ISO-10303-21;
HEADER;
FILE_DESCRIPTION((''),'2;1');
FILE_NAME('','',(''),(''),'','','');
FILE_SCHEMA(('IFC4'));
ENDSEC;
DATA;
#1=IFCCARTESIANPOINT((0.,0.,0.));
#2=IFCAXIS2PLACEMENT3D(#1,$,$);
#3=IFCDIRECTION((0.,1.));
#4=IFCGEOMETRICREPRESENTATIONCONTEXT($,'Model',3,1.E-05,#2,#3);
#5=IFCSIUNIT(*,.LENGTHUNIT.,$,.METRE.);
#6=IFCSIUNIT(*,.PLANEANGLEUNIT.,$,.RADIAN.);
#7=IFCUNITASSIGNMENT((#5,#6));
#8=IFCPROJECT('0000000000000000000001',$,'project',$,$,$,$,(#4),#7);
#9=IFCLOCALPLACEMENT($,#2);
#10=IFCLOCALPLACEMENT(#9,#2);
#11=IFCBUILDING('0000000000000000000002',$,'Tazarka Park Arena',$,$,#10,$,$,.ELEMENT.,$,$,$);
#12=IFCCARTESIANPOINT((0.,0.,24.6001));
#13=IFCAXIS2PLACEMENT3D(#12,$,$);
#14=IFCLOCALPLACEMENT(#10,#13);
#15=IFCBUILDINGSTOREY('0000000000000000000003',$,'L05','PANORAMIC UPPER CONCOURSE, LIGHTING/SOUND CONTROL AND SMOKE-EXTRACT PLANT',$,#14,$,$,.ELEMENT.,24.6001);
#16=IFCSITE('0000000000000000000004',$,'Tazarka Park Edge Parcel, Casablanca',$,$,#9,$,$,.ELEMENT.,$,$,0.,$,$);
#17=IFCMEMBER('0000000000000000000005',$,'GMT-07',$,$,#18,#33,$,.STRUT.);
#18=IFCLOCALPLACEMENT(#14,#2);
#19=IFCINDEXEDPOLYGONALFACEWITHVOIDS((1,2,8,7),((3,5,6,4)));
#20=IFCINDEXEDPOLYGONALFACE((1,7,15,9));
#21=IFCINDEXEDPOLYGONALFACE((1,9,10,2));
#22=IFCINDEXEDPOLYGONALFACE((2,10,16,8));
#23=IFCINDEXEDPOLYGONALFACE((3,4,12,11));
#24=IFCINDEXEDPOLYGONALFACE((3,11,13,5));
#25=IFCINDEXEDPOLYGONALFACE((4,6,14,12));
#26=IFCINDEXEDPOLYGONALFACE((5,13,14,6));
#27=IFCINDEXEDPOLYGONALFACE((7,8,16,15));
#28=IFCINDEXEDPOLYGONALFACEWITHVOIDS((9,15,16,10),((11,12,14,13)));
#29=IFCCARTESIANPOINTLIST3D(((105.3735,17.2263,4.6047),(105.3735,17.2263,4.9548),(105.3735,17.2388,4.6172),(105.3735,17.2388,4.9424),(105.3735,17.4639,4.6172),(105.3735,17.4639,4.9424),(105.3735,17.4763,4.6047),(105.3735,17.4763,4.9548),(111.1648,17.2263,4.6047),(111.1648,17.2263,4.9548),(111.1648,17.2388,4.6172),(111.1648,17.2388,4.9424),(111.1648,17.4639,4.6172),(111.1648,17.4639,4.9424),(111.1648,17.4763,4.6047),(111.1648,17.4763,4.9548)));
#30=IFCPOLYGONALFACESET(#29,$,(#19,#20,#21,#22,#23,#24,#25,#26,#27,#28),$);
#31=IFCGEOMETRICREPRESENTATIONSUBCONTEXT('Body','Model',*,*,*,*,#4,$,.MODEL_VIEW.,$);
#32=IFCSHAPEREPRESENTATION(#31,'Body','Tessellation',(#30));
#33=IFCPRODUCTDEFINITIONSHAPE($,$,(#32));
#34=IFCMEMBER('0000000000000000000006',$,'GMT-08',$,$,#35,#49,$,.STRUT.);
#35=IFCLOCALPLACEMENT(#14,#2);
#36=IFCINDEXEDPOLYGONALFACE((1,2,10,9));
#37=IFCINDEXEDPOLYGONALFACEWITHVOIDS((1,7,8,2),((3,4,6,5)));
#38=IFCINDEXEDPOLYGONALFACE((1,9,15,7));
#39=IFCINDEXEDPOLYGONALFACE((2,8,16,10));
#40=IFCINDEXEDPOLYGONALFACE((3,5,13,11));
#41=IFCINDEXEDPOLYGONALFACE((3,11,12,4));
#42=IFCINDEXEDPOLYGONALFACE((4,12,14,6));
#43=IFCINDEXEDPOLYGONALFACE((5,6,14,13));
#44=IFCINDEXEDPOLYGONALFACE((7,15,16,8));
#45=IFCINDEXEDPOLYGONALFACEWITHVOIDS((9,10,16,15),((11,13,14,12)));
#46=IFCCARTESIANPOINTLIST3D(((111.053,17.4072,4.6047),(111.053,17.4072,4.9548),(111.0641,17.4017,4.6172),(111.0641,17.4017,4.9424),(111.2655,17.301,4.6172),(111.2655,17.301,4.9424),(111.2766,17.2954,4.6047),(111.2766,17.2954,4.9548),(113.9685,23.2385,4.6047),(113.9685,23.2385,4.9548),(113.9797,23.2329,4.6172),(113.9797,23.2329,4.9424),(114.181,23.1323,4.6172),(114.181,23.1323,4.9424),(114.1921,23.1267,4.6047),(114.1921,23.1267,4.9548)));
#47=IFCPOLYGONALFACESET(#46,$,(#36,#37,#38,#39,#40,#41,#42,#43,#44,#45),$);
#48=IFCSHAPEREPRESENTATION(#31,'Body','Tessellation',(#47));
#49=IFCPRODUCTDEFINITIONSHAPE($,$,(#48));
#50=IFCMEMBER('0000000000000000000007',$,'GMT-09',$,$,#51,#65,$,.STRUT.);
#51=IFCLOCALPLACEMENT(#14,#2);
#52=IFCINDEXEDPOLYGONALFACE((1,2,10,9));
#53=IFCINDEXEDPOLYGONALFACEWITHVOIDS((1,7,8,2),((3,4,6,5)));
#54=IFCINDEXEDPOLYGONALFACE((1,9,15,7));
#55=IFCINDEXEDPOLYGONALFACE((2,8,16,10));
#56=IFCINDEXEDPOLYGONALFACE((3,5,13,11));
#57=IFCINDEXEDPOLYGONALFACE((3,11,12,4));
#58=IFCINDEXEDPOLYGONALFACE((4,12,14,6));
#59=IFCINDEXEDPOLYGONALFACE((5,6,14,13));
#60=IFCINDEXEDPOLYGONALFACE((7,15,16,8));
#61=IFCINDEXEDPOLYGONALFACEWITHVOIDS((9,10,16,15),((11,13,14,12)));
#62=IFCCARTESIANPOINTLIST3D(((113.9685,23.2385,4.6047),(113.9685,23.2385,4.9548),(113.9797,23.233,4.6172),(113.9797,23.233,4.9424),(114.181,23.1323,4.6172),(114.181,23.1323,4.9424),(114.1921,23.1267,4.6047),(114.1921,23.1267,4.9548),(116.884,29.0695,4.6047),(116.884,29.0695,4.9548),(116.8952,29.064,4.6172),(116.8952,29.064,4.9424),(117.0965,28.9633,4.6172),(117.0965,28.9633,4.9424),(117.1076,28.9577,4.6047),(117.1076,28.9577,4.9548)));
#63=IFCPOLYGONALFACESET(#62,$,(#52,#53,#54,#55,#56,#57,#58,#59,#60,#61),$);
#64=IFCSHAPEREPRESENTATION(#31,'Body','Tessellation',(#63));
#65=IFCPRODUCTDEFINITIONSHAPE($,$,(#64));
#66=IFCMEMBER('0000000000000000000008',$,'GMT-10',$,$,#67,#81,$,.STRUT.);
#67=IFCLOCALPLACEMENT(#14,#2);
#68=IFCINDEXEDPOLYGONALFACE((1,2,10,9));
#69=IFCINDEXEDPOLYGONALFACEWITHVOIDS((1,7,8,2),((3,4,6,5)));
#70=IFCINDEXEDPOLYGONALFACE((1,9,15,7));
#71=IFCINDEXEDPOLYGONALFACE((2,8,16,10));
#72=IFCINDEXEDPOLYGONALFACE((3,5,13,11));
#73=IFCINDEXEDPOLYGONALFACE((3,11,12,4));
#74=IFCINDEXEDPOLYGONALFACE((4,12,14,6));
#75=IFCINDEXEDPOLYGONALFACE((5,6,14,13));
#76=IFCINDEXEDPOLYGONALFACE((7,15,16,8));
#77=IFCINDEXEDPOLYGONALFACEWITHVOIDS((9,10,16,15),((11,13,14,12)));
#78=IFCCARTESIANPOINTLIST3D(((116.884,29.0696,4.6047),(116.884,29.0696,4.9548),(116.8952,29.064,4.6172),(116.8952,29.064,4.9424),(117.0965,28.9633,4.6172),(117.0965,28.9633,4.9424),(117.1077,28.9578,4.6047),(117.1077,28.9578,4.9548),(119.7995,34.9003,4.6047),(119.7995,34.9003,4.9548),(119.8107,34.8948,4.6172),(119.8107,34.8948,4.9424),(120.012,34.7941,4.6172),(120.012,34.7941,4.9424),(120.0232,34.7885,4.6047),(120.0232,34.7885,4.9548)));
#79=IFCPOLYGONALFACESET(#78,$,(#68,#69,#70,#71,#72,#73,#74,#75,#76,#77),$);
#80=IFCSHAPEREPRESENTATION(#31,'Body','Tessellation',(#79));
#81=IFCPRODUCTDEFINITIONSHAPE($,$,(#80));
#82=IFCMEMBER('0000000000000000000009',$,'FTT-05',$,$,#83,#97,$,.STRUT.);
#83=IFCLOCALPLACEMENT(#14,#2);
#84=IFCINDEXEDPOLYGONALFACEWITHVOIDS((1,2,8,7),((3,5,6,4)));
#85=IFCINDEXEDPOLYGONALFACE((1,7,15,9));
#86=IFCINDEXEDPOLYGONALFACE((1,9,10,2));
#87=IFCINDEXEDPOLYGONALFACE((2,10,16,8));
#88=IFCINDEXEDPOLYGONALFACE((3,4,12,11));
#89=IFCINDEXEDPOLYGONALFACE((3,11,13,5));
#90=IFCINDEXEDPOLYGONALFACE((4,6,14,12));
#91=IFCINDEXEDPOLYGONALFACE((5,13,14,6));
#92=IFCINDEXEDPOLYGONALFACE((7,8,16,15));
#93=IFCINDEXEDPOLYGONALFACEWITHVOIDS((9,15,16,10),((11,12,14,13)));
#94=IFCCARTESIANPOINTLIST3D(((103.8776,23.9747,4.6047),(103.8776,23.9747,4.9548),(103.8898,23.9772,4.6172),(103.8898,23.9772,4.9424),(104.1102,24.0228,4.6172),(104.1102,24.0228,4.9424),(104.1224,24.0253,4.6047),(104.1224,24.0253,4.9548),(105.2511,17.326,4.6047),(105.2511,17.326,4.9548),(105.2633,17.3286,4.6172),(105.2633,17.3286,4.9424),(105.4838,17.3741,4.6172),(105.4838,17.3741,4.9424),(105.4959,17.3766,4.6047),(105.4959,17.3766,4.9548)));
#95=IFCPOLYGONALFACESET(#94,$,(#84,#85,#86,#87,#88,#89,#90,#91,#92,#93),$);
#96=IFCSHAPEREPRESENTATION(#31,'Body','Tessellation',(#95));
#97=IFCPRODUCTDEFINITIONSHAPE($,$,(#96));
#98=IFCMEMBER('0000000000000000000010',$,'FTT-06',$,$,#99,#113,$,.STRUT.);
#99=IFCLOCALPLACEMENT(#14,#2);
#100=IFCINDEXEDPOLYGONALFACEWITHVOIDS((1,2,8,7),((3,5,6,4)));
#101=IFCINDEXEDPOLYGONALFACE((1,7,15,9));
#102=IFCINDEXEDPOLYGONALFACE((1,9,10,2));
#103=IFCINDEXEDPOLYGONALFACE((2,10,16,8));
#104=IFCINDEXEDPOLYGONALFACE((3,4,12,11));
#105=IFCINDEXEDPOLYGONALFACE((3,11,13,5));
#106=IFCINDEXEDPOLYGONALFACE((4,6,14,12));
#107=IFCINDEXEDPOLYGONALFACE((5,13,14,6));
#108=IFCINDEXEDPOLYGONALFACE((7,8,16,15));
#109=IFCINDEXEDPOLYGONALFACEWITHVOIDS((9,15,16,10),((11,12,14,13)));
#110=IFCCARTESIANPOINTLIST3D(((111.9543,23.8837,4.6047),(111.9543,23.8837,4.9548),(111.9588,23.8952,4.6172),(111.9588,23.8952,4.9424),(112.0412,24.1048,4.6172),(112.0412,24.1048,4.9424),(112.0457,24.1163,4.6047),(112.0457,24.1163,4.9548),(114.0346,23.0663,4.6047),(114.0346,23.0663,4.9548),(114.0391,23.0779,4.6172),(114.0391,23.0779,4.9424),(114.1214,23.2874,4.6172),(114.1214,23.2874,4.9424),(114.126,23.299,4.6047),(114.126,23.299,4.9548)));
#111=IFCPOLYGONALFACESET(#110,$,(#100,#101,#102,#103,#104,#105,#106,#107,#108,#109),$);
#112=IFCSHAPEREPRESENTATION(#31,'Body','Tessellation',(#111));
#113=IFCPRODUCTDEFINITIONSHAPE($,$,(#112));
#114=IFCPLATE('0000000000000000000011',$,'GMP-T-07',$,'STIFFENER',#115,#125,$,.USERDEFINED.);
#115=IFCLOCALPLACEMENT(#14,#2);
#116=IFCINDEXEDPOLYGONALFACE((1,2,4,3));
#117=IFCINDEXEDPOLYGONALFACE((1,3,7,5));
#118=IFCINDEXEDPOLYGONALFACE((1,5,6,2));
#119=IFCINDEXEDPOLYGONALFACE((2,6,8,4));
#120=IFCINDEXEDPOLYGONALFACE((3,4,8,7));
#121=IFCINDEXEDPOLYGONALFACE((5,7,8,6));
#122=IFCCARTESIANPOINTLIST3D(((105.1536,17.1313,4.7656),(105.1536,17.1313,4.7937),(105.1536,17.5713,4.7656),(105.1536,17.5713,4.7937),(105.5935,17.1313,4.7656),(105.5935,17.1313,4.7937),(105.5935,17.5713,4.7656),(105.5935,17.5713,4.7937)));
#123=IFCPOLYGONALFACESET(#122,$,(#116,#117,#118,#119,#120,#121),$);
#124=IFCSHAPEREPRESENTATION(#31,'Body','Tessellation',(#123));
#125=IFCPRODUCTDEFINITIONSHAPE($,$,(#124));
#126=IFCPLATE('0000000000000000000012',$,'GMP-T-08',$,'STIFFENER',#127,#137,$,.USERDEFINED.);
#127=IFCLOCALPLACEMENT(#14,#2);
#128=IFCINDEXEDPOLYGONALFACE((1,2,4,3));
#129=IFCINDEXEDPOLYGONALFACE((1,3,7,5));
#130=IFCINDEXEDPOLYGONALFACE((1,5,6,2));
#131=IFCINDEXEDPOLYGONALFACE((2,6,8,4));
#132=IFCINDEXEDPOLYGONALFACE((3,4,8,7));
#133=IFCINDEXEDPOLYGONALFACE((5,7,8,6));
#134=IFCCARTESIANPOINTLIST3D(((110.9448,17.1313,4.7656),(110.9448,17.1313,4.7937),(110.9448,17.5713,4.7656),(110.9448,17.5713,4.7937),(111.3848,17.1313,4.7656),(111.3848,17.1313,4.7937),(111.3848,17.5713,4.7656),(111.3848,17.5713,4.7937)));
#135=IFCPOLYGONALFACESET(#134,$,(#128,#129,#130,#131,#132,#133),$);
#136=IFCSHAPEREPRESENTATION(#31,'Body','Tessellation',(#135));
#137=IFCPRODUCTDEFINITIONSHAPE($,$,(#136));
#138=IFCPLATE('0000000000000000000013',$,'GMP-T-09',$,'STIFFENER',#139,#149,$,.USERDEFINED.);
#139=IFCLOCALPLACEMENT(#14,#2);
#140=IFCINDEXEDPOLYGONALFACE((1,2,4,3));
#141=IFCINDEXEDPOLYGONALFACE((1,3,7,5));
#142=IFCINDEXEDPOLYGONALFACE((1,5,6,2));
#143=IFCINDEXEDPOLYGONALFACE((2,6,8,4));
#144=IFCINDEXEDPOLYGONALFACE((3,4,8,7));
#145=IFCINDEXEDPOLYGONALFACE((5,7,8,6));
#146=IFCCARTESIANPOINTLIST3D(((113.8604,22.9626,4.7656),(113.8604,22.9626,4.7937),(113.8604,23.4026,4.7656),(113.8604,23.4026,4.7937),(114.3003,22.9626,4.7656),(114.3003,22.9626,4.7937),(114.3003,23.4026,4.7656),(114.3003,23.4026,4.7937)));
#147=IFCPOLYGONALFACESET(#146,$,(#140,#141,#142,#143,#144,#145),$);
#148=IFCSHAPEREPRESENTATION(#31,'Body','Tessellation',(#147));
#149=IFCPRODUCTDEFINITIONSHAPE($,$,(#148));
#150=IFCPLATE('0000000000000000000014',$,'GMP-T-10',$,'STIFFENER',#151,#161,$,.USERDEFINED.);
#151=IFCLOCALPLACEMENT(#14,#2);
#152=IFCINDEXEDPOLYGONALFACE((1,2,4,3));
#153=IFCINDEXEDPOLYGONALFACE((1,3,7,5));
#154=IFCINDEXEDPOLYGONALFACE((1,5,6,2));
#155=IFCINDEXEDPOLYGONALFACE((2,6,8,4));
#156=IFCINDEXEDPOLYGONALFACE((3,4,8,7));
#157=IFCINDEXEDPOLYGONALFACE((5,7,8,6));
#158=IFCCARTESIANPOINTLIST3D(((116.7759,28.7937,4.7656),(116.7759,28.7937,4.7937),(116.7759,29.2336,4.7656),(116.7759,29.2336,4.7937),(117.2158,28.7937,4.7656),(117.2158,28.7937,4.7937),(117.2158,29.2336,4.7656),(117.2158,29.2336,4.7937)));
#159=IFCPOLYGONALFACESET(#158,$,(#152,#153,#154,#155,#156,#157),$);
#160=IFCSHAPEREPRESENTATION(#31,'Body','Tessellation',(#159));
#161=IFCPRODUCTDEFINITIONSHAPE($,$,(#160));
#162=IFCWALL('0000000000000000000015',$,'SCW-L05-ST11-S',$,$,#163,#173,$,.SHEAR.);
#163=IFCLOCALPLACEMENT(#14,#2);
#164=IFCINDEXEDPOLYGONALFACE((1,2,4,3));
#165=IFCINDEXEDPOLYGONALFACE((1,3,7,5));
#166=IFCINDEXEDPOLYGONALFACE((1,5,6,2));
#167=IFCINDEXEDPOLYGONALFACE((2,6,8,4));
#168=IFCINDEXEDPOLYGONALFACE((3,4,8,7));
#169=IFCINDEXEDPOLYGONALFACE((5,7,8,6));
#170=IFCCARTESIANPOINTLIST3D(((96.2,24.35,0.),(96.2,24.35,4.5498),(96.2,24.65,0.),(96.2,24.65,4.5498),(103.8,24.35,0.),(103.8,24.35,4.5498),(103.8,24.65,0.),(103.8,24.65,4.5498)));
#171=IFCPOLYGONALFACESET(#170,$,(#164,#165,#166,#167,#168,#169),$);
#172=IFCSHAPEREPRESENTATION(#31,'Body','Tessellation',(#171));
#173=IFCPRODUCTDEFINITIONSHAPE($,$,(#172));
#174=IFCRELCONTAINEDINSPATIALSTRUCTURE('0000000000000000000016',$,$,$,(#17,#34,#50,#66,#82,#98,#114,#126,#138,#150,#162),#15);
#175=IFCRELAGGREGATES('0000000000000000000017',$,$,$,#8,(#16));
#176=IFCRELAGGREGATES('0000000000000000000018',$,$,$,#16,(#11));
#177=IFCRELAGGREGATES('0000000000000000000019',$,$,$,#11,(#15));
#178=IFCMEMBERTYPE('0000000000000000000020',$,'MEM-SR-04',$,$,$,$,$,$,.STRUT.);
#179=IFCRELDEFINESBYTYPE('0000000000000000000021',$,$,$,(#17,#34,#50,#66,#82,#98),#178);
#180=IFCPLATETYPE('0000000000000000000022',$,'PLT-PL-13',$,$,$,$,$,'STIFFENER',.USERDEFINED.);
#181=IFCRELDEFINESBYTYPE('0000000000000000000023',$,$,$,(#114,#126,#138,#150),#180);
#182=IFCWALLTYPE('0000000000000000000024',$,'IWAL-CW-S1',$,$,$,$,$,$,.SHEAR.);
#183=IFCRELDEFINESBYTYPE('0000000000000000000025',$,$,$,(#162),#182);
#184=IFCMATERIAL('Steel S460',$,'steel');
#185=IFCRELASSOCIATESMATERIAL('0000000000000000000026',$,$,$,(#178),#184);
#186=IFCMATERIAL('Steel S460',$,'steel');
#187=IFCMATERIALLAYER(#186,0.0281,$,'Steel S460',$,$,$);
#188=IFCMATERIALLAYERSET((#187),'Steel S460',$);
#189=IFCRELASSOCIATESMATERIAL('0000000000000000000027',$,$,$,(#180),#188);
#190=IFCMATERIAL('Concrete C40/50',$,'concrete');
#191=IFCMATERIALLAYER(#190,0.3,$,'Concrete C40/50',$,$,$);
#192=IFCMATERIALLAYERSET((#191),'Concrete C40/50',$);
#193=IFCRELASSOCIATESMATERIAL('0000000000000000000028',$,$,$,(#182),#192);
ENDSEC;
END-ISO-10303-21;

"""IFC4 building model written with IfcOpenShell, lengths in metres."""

from ifc_helpers import new_model, si_unit, direction, frame, frame_2d, origin, origin_2d, place, context, subcontext, project, spatial, rectangle, hollow_rectangle, extrude, material, layer, layer_set, material_profile, profile_set, type_object, element, save


model = new_model("IFC4")

# Units and contexts
model_context = context("Model", 3, precision=1e-05, world=origin(), true_north=direction((0.0, 1.0)))
body_context = subcontext(model_context, "Body", "Model", "MODEL_VIEW")
ifc_project = project(units=[si_unit("LENGTHUNIT", "METRE"), si_unit("PLANEANGLEUNIT", "RADIAN")], contexts=[model_context])

# Site, building, storey
site_placement = place(None, origin())
site = spatial("IfcSite", under=ifc_project, at=site_placement, Name="Tazarka Park Edge Parcel, Casablanca", CompositionType="ELEMENT", RefElevation=0.0)
building_placement = place(site_placement, origin())
building = spatial("IfcBuilding", under=site, at=building_placement, Name="Tazarka Park Arena", CompositionType="ELEMENT")
storey_placement = place(building_placement, frame((0.0, 0.0, 24.6001)))
storey = spatial("IfcBuildingStorey", under=building, at=storey_placement, Name="L05", Description="PANORAMIC UPPER CONCOURSE, LIGHTING/SOUND CONTROL AND SMOKE-EXTRACT PLANT", CompositionType="ELEMENT", Elevation=24.6001)

# Members
ifc_material_1 = material(Name="Steel S460", Category="steel")
ifc_material_profile_1 = material_profile(ifc_material_1, hollow_rectangle(XDim=0.25, YDim=0.3501, WallThickness=0.0125, at=origin_2d()), Name="Steel S460")
ifc_profile_set_1 = profile_set([ifc_material_profile_1], Name="Steel S460")
member_type_1 = type_object("IfcMemberType", Name="MEM-SR-04", PredefinedType="STRUT", material=ifc_profile_set_1)
member_1_placement = place(storey_placement, frame((105.3735, 17.3513, 4.7798), z_axis=(1.0, 0.0, 0.0), x_axis=(0.0, 1.0, 0.0)))
element("IfcMember", 1, at=member_1_placement, inside=storey, type_object=member_type_1, Name="GMT-07", PredefinedType="STRUT", context=body_context, shape_type="SweptSolid", body=[
    extrude(hollow_rectangle(XDim=0.25, YDim=0.3501, WallThickness=0.0125, at=origin_2d()), origin(), (0.0, 0.0, 1.0), 5.7913),
])
member_2_placement = place(storey_placement, frame((111.1648, 17.3513, 4.7798), z_axis=(0.447199, 0.894435, 0.0), x_axis=(-0.894435, 0.447199, 0.0)))
element("IfcMember", 2, at=member_2_placement, inside=storey, type_object=member_type_1, Name="GMT-08", PredefinedType="STRUT", context=body_context, shape_type="SweptSolid", body=[
    extrude(hollow_rectangle(XDim=0.25, YDim=0.3501, WallThickness=0.0125, at=origin_2d()), origin(), (0.0, 0.0, 1.0), 6.5195),
])
member_3_placement = place(storey_placement, frame((114.0803, 23.1826, 4.7798), z_axis=(0.447214, 0.894427, 0.0), x_axis=(-0.894427, 0.447214, 0.0)))
element("IfcMember", 3, at=member_3_placement, inside=storey, type_object=member_type_1, Name="GMT-09", PredefinedType="STRUT", context=body_context, shape_type="SweptSolid", body=[
    extrude(hollow_rectangle(XDim=0.25, YDim=0.3501, WallThickness=0.0125, at=origin_2d()), origin(), (0.0, 0.0, 1.0), 6.5193),
])
member_4_placement = place(storey_placement, frame((116.9958, 29.0137, 4.7798), z_axis=(0.447229, 0.89442, 0.0), x_axis=(-0.89442, 0.447229, 0.0)))
element("IfcMember", 4, at=member_4_placement, inside=storey, type_object=member_type_1, Name="GMT-10", PredefinedType="STRUT", context=body_context, shape_type="SweptSolid", body=[
    extrude(hollow_rectangle(XDim=0.25, YDim=0.3501, WallThickness=0.0125, at=origin_2d()), origin(), (0.0, 0.0, 1.0), 6.519),
])
member_5_placement = place(storey_placement, frame((104.0, 24.0, 4.7798), z_axis=(0.202315, -0.97932, 0.0), x_axis=(0.97932, 0.202315, 0.0)))
element("IfcMember", 5, at=member_5_placement, inside=storey, type_object=member_type_1, Name="FTT-05", PredefinedType="STRUT", context=body_context, shape_type="SweptSolid", body=[
    extrude(hollow_rectangle(XDim=0.25, YDim=0.3501, WallThickness=0.0125, at=origin_2d()), origin(), (0.0, 0.0, 1.0), 6.7891),
])
member_6_placement = place(storey_placement, frame((112.0, 24.0, 4.7798), z_axis=(0.930734, -0.365696, 0.0), x_axis=(0.365696, 0.930734, 0.0)))
element("IfcMember", 6, at=member_6_placement, inside=storey, type_object=member_type_1, Name="FTT-06", PredefinedType="STRUT", context=body_context, shape_type="SweptSolid", body=[
    extrude(hollow_rectangle(XDim=0.25, YDim=0.3501, WallThickness=0.0125, at=origin_2d()), origin(), (0.0, 0.0, 1.0), 2.2351),
])

# Plates
ifc_material_2 = material(Name="Steel S460", Category="steel")
ifc_layer_1 = layer(ifc_material_2, 0.0281, Name="Steel S460")
ifc_layer_set_1 = layer_set([ifc_layer_1], Name="Steel S460")
plate_type = type_object("IfcPlateType", Name="PLT-PL-13", ElementType="STIFFENER", PredefinedType="USERDEFINED", material=ifc_layer_set_1)
for number, where, z_axis, x_axis, name in (
    (7, (105.3735, 17.3513, 4.7656), (0.0, 0.0, 1.0), (1.0, 0.0, 0.0), "GMP-T-07"),
    (8, (111.1648, 17.3513, 4.7656), (0.0, 0.0, 1.0), (1.0, 0.0, 0.0), "GMP-T-08"),
    (9, (114.0803, 23.1826, 4.7656), (0.0, 0.0, 1.0), (1.0, 0.0, 0.0), "GMP-T-09"),
    (10, (116.9958, 29.0137, 4.7656), (0.0, 0.0, 1.0), (1.0, 0.0, 0.0), "GMP-T-10"),
):
    element("IfcPlate", number, at=place(storey_placement, frame(where, z_axis=z_axis, x_axis=x_axis)), inside=storey, type_object=plate_type, Name=name, ObjectType="STIFFENER", PredefinedType="USERDEFINED", context=body_context, shape_type="SweptSolid", body=[
        extrude(rectangle(XDim=0.4399, YDim=0.4399, at=origin_2d()), origin(), (0.0, 0.0, 1.0), 0.0281),
    ])

# Wall
ifc_material_3 = material(Name="Concrete C40/50", Category="concrete")
ifc_layer_2 = layer(ifc_material_3, 0.3, Name="Concrete C40/50")
ifc_layer_set_2 = layer_set([ifc_layer_2], Name="Concrete C40/50")
wall_type_1 = type_object("IfcWallType", Name="IWAL-CW-S1", PredefinedType="SHEAR", material=ifc_layer_set_2)
wall_1_placement = place(storey_placement, frame((103.8, 24.5, 0.0), z_axis=(0.0, 0.0, 1.0), x_axis=(-1.0, 0.0, 0.0)))
element("IfcWall", 11, at=wall_1_placement, inside=storey, type_object=wall_type_1, Name="SCW-L05-ST11-S", PredefinedType="SHEAR", context=body_context, shape_type="SweptSolid", body=[
    extrude(rectangle(XDim=7.6001, YDim=0.3, at=frame_2d((3.8, 0.0))), origin(), (0.0, 0.0, 1.0), 4.5498),
])

save(model, "model.ifc")
